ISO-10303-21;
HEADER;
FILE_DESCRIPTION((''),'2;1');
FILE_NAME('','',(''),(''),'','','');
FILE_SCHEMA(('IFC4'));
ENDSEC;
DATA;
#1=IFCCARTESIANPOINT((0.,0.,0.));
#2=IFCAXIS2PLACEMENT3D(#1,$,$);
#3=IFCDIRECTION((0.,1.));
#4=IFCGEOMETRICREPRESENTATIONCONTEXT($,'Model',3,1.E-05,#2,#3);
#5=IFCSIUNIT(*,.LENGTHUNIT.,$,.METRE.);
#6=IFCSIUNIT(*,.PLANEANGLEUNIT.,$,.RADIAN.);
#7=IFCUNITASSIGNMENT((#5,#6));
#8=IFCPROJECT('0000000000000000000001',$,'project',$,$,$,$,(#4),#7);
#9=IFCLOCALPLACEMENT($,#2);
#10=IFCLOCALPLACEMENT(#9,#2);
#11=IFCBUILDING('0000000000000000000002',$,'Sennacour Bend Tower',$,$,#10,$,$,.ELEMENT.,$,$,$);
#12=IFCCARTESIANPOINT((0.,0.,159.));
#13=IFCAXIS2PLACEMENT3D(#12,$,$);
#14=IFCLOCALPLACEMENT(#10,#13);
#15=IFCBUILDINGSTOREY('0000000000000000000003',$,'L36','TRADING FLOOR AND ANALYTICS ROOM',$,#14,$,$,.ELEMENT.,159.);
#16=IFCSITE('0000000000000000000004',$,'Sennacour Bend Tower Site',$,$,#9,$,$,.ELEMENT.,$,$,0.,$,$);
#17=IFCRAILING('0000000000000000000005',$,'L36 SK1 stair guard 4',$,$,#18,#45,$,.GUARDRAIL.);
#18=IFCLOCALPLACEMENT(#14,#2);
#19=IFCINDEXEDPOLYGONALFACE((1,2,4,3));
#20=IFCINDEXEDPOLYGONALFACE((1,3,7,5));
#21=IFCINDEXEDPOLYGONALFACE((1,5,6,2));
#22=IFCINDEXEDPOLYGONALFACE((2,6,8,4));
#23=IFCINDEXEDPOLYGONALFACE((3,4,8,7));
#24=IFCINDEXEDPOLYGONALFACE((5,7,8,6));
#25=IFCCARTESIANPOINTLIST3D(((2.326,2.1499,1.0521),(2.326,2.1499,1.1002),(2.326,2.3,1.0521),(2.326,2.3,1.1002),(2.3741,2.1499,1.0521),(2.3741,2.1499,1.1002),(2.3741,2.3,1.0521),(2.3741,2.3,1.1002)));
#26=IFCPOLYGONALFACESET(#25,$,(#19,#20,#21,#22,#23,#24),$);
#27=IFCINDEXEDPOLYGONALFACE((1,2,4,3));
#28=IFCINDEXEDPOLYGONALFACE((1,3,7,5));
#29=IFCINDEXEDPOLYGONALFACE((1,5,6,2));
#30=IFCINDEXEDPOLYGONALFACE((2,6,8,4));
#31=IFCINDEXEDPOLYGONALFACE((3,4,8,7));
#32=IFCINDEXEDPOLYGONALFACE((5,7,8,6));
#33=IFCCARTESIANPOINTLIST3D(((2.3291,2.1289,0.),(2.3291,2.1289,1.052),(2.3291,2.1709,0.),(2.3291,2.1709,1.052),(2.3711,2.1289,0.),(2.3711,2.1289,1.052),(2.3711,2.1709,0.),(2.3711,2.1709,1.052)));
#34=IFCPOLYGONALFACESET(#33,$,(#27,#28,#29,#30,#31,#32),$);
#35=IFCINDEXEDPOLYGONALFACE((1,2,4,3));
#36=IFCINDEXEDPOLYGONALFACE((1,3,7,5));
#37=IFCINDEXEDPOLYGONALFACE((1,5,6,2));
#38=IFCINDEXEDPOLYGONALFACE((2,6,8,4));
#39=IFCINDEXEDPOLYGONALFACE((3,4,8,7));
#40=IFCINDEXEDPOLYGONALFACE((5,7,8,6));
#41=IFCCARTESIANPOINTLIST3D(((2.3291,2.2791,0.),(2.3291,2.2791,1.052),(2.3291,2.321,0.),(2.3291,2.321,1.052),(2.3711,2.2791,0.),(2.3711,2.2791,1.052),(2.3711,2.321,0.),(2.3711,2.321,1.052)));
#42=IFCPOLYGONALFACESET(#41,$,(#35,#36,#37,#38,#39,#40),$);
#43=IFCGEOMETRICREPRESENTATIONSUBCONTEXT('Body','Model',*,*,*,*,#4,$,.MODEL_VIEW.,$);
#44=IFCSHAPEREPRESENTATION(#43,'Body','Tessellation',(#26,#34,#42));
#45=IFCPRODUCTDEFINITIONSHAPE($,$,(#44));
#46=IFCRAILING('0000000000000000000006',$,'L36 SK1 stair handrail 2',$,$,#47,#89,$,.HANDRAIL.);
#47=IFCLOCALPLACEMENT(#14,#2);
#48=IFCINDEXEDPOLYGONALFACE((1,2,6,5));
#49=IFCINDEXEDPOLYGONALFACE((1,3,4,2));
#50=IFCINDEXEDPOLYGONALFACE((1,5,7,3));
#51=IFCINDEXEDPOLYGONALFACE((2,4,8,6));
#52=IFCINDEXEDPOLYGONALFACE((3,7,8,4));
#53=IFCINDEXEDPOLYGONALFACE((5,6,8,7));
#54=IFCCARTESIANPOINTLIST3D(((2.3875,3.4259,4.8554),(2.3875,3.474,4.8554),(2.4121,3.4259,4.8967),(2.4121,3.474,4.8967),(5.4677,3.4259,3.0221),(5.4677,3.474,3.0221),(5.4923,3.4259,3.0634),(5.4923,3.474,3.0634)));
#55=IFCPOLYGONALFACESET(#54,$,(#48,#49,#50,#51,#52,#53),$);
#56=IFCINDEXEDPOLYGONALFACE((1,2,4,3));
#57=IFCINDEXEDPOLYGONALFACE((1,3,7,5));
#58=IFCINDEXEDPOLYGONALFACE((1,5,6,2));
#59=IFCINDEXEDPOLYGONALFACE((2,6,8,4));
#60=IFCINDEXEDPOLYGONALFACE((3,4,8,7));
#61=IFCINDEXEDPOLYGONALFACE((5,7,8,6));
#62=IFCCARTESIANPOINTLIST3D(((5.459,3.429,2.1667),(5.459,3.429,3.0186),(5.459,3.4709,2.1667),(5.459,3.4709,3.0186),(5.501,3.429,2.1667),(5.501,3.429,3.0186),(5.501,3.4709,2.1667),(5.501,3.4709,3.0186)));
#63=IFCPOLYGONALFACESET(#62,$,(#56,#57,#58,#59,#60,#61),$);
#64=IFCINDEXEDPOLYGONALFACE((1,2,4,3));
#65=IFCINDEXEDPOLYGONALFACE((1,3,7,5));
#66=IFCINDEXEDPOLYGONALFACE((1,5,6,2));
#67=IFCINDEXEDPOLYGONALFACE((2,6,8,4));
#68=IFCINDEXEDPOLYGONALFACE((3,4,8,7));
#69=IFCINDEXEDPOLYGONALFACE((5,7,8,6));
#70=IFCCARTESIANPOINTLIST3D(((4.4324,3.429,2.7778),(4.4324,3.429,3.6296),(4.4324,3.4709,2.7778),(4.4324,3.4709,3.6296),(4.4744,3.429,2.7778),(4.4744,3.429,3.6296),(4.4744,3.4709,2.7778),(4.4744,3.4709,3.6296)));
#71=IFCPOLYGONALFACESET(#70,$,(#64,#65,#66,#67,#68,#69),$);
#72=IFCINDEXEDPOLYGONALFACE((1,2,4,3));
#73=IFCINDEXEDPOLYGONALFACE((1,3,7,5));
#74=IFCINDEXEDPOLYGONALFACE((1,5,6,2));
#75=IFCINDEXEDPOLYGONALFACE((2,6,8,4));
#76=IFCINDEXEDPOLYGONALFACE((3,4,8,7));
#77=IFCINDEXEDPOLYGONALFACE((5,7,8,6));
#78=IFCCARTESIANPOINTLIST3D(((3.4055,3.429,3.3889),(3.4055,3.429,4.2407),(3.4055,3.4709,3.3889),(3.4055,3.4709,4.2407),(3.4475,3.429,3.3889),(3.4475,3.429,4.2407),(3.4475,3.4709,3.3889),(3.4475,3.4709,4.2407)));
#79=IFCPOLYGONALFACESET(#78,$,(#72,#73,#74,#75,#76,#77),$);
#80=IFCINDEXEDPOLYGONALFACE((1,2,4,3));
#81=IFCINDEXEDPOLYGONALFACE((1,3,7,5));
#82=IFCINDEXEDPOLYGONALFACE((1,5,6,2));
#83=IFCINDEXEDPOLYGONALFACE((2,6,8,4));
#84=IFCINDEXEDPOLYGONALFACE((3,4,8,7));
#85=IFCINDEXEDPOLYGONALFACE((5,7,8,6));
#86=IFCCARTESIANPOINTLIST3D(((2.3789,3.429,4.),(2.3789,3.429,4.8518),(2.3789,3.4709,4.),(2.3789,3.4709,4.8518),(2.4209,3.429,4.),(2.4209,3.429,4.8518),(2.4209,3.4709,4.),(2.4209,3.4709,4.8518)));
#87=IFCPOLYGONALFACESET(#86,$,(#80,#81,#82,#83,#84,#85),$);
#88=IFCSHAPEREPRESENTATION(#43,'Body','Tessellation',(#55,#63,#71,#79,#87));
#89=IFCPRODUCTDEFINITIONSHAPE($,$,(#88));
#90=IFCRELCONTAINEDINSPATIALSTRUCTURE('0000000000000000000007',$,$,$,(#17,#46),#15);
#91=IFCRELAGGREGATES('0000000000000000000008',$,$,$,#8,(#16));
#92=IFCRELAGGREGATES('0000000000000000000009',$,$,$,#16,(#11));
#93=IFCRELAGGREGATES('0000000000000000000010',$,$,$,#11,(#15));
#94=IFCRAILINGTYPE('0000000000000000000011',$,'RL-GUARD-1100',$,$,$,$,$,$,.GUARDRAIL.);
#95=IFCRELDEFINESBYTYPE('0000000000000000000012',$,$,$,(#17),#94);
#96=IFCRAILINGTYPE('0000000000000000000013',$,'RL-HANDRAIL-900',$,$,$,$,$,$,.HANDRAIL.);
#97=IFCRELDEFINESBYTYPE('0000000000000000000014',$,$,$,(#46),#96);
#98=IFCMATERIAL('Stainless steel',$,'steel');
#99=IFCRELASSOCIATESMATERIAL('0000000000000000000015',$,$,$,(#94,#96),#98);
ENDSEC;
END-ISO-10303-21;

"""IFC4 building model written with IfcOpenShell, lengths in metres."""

from ifc_helpers import new_model, si_unit, direction, frame, origin, origin_2d, place, context, subcontext, project, spatial, rectangle, extrude, material, type_object, element, save


model = new_model("IFC4")

# Units and contexts
model_context = context("Model", 3, precision=1e-05, world=origin(), true_north=direction((0.0, 1.0)))
body_context = subcontext(model_context, "Body", "Model", "MODEL_VIEW")
ifc_project = project(units=[si_unit("LENGTHUNIT", "METRE"), si_unit("PLANEANGLEUNIT", "RADIAN")], contexts=[model_context])

# Site, building, storey
site_placement = place(None, origin())
site = spatial("IfcSite", under=ifc_project, at=site_placement, Name="Sennacour Bend Tower Site", CompositionType="ELEMENT", RefElevation=0.0)
building_placement = place(site_placement, origin())
building = spatial("IfcBuilding", under=site, at=building_placement, Name="Sennacour Bend Tower", CompositionType="ELEMENT")
storey_placement = place(building_placement, frame((0.0, 0.0, 159.0)))
storey = spatial("IfcBuildingStorey", under=building, at=storey_placement, Name="L36", Description="TRADING FLOOR AND ANALYTICS ROOM", CompositionType="ELEMENT", Elevation=159.0)

# Railings
ifc_material_1 = material(Name="Stainless steel", Category="steel")
railing_type_1 = type_object("IfcRailingType", Name="RL-GUARD-1100", PredefinedType="GUARDRAIL", material=ifc_material_1)
railing_1_placement = place(storey_placement, frame((2.3501, 2.1499, 0.0)))
element("IfcRailing", 1, at=railing_1_placement, inside=storey, type_object=railing_type_1, Name="L36 SK1 stair guard 4", PredefinedType="GUARDRAIL", context=body_context, shape_type="SweptSolid", body=[
    extrude(rectangle(XDim=0.0481, YDim=0.0481, at=origin_2d()), frame((0.0, 0.0, 1.0762), z_axis=(0.0, 1.0, 0.0), x_axis=(-1.0, 0.0, 0.0)), (0.0, 0.0, 1.0), 0.1501),
    extrude(rectangle(XDim=0.042, YDim=0.042, at=origin_2d()), origin(), (0.0, 0.0, 1.0), 1.052),
    extrude(rectangle(XDim=0.042, YDim=0.042, at=origin_2d()), frame((0.0, 0.1501, 0.0)), (0.0, 0.0, 1.0), 1.052),
])
railing_type_2 = type_object("IfcRailingType", Name="RL-HANDRAIL-900", PredefinedType="HANDRAIL", material=ifc_material_1)
railing_2_placement = place(storey_placement, frame((5.48, 3.45, 2.1667)))
element("IfcRailing", 2, at=railing_2_placement, inside=storey, type_object=railing_type_2, Name="L36 SK1 stair handrail 2", PredefinedType="HANDRAIL", context=body_context, shape_type="SweptSolid", body=[
    extrude(rectangle(XDim=0.0481, YDim=0.0481, at=origin_2d()), frame((0.0, 0.0, 0.876), z_axis=(-0.859309, 0.0, 0.511458), x_axis=(0.0, -1.0, 0.0)), (0.0, 0.0, 1.0), 3.5845),
    extrude(rectangle(XDim=0.042, YDim=0.042, at=origin_2d()), origin(), (0.0, 0.0, 1.0), 0.8518),
    extrude(rectangle(XDim=0.042, YDim=0.042, at=origin_2d()), frame((-1.0266, 0.0, 0.6111)), (0.0, 0.0, 1.0), 0.8518),
    extrude(rectangle(XDim=0.042, YDim=0.042, at=origin_2d()), frame((-2.0535, 0.0, 1.2222)), (0.0, 0.0, 1.0), 0.8518),
    extrude(rectangle(XDim=0.042, YDim=0.042, at=origin_2d()), frame((-3.0801, 0.0, 1.8333)), (0.0, 0.0, 1.0), 0.8518),
])

save(model, "model.ifc")
